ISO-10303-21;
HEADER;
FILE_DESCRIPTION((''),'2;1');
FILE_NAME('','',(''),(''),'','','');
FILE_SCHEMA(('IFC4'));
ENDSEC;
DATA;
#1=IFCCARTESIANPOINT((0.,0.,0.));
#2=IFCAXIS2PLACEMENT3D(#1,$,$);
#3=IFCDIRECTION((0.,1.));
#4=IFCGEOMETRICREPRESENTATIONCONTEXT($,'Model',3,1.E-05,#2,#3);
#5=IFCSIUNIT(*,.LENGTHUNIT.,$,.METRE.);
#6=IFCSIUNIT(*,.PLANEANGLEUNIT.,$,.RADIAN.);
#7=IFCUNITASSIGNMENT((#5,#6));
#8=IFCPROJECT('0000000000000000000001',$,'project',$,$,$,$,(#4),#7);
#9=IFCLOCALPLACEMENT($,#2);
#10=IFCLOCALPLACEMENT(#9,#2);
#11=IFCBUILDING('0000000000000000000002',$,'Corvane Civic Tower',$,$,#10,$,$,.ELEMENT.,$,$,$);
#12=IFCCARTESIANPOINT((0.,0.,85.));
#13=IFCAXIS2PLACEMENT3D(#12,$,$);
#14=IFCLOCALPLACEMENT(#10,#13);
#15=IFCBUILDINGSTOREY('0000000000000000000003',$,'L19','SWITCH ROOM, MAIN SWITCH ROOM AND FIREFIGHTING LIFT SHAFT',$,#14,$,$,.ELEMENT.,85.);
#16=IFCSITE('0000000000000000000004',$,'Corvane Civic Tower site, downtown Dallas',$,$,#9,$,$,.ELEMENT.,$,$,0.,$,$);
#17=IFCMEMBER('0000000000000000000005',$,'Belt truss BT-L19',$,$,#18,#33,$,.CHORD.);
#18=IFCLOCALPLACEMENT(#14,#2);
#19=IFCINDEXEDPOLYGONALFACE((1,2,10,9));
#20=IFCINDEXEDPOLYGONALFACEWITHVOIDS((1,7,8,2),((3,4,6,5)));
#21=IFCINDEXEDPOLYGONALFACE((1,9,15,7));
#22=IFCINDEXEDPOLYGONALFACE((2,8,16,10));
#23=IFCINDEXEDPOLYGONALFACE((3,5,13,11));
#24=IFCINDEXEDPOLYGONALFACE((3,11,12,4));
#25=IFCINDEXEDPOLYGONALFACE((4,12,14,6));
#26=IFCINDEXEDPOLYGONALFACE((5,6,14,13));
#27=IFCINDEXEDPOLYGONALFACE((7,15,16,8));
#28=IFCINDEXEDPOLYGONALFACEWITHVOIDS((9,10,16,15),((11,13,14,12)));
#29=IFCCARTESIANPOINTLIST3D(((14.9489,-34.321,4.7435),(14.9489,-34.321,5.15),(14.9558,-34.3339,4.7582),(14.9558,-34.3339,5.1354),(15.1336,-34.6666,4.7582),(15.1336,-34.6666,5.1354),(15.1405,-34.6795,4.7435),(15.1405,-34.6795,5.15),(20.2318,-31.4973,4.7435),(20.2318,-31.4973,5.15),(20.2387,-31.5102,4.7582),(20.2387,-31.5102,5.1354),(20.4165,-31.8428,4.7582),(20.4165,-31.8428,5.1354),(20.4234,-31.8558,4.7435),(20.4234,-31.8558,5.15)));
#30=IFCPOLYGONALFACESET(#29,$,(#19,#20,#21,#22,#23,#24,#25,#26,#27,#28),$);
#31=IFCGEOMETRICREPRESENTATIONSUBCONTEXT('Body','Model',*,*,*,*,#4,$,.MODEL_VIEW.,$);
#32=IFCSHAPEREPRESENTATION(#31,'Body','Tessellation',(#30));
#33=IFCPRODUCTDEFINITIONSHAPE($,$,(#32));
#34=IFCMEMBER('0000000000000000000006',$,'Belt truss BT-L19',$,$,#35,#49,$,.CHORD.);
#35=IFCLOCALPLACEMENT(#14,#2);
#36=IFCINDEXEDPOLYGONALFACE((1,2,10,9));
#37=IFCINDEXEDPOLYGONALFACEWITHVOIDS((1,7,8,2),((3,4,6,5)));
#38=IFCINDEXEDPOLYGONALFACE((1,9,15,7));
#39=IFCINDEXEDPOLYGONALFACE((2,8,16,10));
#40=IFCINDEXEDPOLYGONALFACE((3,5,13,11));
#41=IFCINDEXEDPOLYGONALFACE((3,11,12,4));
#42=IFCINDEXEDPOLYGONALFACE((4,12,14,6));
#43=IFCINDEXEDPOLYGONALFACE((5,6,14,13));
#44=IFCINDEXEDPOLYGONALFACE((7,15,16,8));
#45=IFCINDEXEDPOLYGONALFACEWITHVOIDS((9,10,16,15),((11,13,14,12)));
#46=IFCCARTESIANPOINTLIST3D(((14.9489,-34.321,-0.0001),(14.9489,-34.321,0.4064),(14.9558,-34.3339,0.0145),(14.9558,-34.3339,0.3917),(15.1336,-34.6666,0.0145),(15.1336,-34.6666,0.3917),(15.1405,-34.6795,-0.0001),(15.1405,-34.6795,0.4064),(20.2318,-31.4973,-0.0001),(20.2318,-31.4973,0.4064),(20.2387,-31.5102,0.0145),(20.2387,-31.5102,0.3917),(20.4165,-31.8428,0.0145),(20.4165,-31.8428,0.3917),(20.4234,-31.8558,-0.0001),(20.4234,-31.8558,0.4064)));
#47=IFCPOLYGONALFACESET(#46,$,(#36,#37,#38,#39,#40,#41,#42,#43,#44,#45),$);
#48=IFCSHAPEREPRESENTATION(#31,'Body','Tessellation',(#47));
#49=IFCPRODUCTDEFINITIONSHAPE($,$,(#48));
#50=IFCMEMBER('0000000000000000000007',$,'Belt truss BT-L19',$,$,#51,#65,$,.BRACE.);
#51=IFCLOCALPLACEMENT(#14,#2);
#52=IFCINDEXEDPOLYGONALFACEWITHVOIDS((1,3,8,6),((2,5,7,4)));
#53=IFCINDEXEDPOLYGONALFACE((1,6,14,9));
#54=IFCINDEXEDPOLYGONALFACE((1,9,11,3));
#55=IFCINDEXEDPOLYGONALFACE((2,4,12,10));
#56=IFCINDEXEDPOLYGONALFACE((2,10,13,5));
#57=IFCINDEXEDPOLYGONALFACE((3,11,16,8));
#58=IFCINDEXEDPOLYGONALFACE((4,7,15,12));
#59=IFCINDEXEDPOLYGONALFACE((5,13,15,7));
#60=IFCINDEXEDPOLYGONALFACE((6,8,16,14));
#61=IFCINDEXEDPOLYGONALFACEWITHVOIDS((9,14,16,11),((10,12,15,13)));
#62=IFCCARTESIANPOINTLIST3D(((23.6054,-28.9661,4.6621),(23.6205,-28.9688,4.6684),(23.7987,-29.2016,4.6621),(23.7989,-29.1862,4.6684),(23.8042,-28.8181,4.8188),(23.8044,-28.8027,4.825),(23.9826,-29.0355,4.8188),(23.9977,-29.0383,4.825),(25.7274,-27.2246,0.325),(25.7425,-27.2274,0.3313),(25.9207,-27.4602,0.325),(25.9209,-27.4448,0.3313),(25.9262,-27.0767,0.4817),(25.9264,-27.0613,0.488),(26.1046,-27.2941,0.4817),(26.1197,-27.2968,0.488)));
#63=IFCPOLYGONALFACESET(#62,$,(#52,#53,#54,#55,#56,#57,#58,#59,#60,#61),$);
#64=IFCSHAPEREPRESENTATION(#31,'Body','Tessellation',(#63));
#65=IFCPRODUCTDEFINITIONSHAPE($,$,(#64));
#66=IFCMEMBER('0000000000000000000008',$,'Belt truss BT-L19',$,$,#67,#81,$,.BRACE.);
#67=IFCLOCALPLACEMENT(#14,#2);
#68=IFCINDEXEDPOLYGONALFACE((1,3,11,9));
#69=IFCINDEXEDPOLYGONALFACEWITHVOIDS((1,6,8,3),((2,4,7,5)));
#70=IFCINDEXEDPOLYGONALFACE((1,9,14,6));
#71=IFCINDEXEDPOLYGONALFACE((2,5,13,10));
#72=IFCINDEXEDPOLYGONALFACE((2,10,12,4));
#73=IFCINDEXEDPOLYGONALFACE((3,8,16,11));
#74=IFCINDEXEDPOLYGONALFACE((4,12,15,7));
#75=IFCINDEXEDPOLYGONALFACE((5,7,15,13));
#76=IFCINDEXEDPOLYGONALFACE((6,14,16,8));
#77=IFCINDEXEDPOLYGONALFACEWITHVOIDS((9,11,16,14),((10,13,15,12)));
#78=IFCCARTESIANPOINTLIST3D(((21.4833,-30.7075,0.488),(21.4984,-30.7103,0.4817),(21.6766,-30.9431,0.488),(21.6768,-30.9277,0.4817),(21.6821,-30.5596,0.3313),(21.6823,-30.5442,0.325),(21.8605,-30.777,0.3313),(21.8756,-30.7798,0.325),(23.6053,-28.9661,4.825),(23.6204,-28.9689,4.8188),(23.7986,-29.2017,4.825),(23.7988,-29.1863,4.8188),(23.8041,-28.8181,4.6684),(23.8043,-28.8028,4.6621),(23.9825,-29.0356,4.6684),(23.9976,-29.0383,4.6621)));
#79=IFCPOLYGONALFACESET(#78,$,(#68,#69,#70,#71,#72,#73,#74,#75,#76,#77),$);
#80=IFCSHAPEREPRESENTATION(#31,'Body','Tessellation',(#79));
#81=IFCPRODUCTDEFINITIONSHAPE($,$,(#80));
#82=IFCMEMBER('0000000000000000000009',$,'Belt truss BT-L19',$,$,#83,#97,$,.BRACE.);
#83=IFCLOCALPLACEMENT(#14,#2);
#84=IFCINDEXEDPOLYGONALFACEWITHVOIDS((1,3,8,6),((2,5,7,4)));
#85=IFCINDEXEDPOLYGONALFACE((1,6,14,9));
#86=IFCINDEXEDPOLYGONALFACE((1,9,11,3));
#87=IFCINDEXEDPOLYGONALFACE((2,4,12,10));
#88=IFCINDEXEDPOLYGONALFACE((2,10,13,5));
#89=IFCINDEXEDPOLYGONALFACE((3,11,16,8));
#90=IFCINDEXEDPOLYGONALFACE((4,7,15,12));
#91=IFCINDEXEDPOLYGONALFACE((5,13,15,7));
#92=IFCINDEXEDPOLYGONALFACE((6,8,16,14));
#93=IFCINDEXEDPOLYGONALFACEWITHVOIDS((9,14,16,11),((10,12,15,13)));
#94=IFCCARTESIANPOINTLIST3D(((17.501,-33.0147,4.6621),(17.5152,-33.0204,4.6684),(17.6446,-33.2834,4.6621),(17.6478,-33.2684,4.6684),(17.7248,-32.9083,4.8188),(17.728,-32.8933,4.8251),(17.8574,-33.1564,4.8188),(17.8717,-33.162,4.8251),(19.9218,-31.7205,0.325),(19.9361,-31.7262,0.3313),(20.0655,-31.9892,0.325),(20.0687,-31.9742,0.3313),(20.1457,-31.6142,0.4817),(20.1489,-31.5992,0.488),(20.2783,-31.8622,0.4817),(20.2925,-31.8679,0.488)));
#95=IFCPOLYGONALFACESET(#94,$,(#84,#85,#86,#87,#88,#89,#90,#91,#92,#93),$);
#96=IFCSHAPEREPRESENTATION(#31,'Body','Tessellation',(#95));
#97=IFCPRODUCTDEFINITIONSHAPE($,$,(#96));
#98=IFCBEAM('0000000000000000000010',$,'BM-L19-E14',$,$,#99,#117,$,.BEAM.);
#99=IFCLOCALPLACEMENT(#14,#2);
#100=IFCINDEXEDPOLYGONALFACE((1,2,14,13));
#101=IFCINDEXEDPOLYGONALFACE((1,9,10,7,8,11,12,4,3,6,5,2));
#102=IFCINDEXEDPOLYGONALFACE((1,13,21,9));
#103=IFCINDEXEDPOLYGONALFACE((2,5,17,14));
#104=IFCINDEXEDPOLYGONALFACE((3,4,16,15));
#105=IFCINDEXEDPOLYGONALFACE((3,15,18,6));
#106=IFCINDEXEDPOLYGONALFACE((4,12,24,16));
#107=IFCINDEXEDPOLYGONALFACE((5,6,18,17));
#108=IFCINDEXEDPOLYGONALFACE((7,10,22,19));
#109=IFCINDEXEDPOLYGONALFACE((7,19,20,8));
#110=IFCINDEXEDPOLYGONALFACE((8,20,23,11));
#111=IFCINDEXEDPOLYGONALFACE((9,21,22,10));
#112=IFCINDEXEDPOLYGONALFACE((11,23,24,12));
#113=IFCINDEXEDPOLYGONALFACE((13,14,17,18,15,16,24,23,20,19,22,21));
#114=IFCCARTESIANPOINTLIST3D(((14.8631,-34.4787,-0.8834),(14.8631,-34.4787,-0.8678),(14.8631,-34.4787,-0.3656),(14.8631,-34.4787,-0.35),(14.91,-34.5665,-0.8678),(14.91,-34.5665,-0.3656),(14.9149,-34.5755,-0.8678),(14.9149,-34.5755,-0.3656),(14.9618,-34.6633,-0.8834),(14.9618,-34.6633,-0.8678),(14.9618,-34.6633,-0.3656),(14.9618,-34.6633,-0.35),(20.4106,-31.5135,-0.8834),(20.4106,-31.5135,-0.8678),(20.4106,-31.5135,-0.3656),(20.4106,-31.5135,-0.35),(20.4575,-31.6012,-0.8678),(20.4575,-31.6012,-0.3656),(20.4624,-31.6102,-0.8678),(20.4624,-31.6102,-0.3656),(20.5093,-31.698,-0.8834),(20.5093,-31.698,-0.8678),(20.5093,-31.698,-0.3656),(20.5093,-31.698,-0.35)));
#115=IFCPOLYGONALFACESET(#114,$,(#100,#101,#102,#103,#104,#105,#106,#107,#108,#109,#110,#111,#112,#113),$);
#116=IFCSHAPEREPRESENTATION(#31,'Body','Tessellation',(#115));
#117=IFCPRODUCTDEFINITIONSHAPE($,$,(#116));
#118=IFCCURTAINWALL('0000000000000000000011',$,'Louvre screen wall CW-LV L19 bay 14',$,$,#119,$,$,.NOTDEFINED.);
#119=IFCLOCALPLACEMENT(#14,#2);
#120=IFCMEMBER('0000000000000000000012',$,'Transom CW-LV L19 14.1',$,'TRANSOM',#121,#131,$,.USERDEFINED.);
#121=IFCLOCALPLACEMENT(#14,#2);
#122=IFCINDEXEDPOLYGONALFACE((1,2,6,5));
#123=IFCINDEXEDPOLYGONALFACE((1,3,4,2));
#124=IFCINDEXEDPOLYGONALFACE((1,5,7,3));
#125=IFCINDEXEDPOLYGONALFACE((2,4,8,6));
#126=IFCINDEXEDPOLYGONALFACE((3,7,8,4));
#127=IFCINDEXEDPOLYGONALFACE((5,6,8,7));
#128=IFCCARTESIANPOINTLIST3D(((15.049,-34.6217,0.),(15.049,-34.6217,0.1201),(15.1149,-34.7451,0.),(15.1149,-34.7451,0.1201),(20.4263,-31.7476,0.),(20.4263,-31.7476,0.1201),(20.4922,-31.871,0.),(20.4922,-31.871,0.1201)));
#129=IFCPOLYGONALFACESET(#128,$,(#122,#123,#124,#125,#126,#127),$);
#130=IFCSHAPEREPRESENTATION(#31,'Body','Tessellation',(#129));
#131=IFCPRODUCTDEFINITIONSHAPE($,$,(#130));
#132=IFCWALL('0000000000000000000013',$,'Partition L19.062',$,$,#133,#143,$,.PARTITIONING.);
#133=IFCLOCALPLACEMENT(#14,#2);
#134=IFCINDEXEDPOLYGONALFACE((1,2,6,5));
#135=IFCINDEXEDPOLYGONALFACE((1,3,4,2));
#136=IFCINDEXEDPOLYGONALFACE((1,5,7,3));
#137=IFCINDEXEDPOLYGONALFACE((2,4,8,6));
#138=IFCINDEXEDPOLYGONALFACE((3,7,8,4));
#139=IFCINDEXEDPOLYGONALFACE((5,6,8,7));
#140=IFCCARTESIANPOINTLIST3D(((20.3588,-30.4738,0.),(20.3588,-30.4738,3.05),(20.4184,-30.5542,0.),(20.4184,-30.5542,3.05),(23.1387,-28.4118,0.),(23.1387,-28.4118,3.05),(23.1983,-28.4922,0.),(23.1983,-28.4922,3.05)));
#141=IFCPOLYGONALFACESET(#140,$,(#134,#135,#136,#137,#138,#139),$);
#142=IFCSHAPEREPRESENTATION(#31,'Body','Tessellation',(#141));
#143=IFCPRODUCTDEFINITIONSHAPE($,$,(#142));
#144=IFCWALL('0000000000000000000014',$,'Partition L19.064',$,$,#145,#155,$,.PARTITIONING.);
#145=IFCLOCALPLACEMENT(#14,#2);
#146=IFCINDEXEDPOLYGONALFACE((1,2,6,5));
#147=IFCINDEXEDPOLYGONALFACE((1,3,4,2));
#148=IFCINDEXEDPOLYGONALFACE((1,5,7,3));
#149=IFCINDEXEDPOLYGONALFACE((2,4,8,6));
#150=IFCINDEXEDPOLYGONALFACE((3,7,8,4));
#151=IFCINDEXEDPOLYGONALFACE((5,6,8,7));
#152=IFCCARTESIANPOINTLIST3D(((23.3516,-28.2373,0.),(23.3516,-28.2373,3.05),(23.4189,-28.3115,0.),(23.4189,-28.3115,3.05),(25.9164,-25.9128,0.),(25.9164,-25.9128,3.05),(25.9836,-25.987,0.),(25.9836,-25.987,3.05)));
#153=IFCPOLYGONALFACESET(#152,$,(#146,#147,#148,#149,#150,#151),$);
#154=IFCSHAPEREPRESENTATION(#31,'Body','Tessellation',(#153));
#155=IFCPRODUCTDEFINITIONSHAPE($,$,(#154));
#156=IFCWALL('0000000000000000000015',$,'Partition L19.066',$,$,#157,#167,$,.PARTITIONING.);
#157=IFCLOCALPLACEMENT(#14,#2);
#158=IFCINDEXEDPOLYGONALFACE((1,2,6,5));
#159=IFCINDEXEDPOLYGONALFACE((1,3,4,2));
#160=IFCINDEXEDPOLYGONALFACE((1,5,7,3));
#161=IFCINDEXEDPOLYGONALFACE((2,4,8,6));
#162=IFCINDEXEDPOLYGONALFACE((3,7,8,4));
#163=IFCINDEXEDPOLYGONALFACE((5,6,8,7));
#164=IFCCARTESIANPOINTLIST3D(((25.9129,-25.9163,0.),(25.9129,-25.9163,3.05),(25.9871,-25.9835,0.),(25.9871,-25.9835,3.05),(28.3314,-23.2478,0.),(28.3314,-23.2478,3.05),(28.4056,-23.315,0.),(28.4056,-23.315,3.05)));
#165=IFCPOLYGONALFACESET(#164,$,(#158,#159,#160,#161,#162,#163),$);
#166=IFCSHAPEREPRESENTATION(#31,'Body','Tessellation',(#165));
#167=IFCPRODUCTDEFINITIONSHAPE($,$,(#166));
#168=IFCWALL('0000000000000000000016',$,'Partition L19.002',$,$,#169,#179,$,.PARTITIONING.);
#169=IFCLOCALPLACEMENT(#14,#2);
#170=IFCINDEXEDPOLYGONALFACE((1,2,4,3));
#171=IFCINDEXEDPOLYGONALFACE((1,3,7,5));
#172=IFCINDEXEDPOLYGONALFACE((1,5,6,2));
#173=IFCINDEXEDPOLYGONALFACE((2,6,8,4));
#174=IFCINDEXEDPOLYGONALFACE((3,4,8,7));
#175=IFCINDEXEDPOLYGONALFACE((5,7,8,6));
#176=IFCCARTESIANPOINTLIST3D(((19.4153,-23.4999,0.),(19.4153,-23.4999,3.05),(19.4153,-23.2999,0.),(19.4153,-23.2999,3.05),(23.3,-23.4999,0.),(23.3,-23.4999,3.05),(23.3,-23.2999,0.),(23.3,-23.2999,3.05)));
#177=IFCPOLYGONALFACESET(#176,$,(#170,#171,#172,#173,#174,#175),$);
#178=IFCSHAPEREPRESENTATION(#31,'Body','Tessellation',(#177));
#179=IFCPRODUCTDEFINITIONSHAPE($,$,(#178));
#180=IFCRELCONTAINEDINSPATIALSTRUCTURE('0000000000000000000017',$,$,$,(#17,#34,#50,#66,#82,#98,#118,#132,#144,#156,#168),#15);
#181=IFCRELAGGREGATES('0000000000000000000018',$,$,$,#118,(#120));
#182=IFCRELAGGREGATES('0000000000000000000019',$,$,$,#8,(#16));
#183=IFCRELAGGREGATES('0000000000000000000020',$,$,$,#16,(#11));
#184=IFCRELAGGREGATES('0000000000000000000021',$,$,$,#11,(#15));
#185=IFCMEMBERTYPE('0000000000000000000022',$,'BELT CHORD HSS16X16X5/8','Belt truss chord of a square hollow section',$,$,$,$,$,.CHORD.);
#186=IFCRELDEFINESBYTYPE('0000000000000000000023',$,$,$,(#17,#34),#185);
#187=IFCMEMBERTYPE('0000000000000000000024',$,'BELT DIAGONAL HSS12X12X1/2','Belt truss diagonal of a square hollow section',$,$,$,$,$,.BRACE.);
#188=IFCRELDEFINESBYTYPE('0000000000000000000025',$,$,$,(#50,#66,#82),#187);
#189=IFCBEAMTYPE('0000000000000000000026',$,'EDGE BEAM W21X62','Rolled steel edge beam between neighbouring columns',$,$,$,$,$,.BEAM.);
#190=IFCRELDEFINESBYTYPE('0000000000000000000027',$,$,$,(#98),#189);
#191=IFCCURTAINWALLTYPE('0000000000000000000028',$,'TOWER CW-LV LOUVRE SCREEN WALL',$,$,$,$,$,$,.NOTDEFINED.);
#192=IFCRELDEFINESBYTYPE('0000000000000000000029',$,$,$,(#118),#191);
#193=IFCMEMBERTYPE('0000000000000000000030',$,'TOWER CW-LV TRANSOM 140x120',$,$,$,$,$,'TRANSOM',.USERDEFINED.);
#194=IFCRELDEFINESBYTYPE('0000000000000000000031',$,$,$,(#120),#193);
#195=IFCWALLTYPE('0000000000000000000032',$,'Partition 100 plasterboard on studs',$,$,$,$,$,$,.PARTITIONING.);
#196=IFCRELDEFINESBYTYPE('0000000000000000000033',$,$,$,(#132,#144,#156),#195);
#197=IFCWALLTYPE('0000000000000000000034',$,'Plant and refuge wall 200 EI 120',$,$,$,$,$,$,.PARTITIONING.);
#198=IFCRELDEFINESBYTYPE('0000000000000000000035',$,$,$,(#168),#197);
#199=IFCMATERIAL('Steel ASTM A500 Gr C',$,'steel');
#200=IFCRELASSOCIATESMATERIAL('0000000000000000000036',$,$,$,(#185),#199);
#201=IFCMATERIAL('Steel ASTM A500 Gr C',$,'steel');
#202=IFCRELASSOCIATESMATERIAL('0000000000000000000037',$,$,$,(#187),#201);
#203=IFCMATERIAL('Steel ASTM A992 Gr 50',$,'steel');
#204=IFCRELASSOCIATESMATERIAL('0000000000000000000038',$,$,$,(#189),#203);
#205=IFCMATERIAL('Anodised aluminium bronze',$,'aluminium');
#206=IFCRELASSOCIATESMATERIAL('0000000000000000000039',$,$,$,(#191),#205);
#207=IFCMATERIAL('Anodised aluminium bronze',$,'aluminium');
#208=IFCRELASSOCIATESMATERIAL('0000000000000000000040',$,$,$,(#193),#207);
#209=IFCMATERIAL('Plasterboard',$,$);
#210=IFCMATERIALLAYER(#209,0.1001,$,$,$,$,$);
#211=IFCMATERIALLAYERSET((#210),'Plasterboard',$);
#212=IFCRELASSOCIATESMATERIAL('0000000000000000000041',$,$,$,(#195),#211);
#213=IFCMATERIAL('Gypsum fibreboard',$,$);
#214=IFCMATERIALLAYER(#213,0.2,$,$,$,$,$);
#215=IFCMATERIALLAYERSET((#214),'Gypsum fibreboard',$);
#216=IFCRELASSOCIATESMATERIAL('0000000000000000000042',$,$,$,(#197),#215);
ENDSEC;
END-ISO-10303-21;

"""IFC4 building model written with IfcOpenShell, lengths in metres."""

from ifc_helpers import new_model, si_unit, direction, frame, frame_2d, origin, origin_2d, place, context, subcontext, project, spatial, rectangle, hollow_rectangle, i_section, extrude, material, layer, layer_set, material_profile, profile_set, type_object, element, aggregate, save


model = new_model("IFC4")

# Units and contexts
model_context = context("Model", 3, precision=1e-05, world=origin(), true_north=direction((0.0, 1.0)))
body_context = subcontext(model_context, "Body", "Model", "MODEL_VIEW")
ifc_project = project(units=[si_unit("LENGTHUNIT", "METRE"), si_unit("PLANEANGLEUNIT", "RADIAN")], contexts=[model_context])

# Site, building, storey
site_placement = place(None, origin())
site = spatial("IfcSite", under=ifc_project, at=site_placement, Name="Corvane Civic Tower site, downtown Dallas", CompositionType="ELEMENT", RefElevation=0.0)
building_placement = place(site_placement, origin())
building = spatial("IfcBuilding", under=site, at=building_placement, Name="Corvane Civic Tower", CompositionType="ELEMENT")
storey_placement = place(building_placement, frame((0.0, 0.0, 85.0)))
storey = spatial("IfcBuildingStorey", under=building, at=storey_placement, Name="L19", Description="SWITCH ROOM, MAIN SWITCH ROOM AND FIREFIGHTING LIFT SHAFT", CompositionType="ELEMENT", Elevation=85.0)

# Members
ifc_material_1 = material(Name="Steel ASTM A500 Gr C", Category="steel")
ifc_material_profile_1 = material_profile(ifc_material_1, hollow_rectangle(XDim=0.4065, YDim=0.4065, WallThickness=0.0146, at=origin_2d()), Name="HSS16X16X5/8")
ifc_profile_set_1 = profile_set([ifc_material_profile_1], Name="Steel ASTM A500 Gr C")
member_type_1 = type_object("IfcMemberType", Name="BELT CHORD HSS16X16X5/8", Description="Belt truss chord of a square hollow section", PredefinedType="CHORD", material=ifc_profile_set_1)
for number, where, z_axis, x_axis, name in (
    (1, (20.3276, -31.6765, 4.9468), (-0.881926, -0.471388, 0.0), (0.471388, -0.881926, 0.0), "Belt truss BT-L19"),
    (2, (20.3276, -31.6765, 0.2031), (-0.881926, -0.471388, 0.0), (0.471388, -0.881926, 0.0), "Belt truss BT-L19"),
):
    element("IfcMember", number, at=place(storey_placement, frame(where, z_axis=z_axis, x_axis=x_axis)), inside=storey, type_object=member_type_1, Name=name, PredefinedType="CHORD", context=body_context, shape_type="SweptSolid", body=[
        extrude(hollow_rectangle(XDim=0.4065, YDim=0.4065, WallThickness=0.0146, at=origin_2d()), origin(), (0.0, 0.0, 1.0), 5.9902),
    ])
ifc_material_2 = material(Name="Steel ASTM A500 Gr C", Category="steel")
ifc_material_profile_2 = material_profile(ifc_material_2, hollow_rectangle(XDim=0.3047, YDim=0.3047, WallThickness=0.0117, at=origin_2d()), Name="HSS12X12X1/2")
ifc_profile_set_2 = profile_set([ifc_material_profile_2], Name="Steel ASTM A500 Gr C")
member_type_2 = type_object("IfcMemberType", Name="BELT DIAGONAL HSS12X12X1/2", Description="Belt truss diagonal of a square hollow section", PredefinedType="BRACE", material=ifc_profile_set_2)
for number, where, z_axis, x_axis, name in (
    (3, (25.9236, -27.2607, 0.4065), (-0.413424, -0.339272, 0.84497), (0.634375, -0.773025, 0.0), "Belt truss BT-L19"),
    (4, (21.6794, -30.7437, 0.4065), (0.413424, 0.339272, 0.84497), (-0.634375, 0.773025, 0.0), "Belt truss BT-L19"),
    (5, (20.1072, -31.7942, 0.4065), (-0.471644, -0.252136, 0.844973), (0.471451, -0.881892, 0.0), "Belt truss BT-L19"),
):
    element("IfcMember", number, at=place(storey_placement, frame(where, z_axis=z_axis, x_axis=x_axis)), inside=storey, type_object=member_type_2, Name=name, PredefinedType="BRACE", context=body_context, shape_type="SweptSolid", body=[
        extrude(hollow_rectangle(XDim=0.3047, YDim=0.3047, WallThickness=0.0117, at=origin_2d()), origin(), (0.0, 0.0, 1.0), 5.1328),
    ])

# Beam
ifc_material_3 = material(Name="Steel ASTM A992 Gr 50", Category="steel")
ifc_material_profile_3 = material_profile(ifc_material_3, i_section(OverallWidth=0.2092, OverallDepth=0.5334, WebThickness=0.0103, FlangeThickness=0.0156, at=origin_2d()), Name="W21X62")
ifc_profile_set_3 = profile_set([ifc_material_profile_3], Name="Steel ASTM A992 Gr 50")
beam_type = type_object("IfcBeamType", Name="EDGE BEAM W21X62", Description="Rolled steel edge beam between neighbouring columns", PredefinedType="BEAM", material=ifc_profile_set_3)
beam_placement = place(storey_placement, frame((20.46, -31.6057, -0.6167), z_axis=(-0.881916, -0.471406, 0.0), x_axis=(0.471406, -0.881916, 0.0)))
element("IfcBeam", 6, at=beam_placement, inside=storey, type_object=beam_type, Name="BM-L19-E14", PredefinedType="BEAM", context=body_context, shape_type="SweptSolid", body=[
    extrude(i_section(OverallWidth=0.2092, OverallDepth=0.5334, WebThickness=0.0103, FlangeThickness=0.0156, at=origin_2d()), origin(), (0.0, 0.0, 1.0), 6.2903),
])

# Curtain wall, member
ifc_material_4 = material(Name="Anodised aluminium bronze", Category="aluminium")
curtain_wall_type = type_object("IfcCurtainWallType", Name="TOWER CW-LV LOUVRE SCREEN WALL", PredefinedType="NOTDEFINED", material=ifc_material_4)
curtain_wall_placement = place(storey_placement, origin())
curtain_wall = element("IfcCurtainWall", 7, at=curtain_wall_placement, inside=storey, type_object=curtain_wall_type, Name="Louvre screen wall CW-LV L19 bay 14", PredefinedType="NOTDEFINED")
ifc_material_5 = material(Name="Anodised aluminium bronze", Category="aluminium")
ifc_material_profile_4 = material_profile(ifc_material_5, rectangle(XDim=0.1399, YDim=0.1201, at=origin_2d()), Name="TOWER CW-LV TRANSOM 140x120")
ifc_profile_set_4 = profile_set([ifc_material_profile_4], Name="Anodised aluminium bronze")
member_type_3 = type_object("IfcMemberType", Name="TOWER CW-LV TRANSOM 140x120", ElementType="TRANSOM", PredefinedType="USERDEFINED", material=ifc_profile_set_4)
member_placement = place(storey_placement, frame((20.4592, -31.8093, 0.0601), z_axis=(-0.881931, -0.471378, 0.0), x_axis=(0.471378, -0.881931, 0.0)))
member = element("IfcMember", 8, at=member_placement, type_object=member_type_3, Name="Transom CW-LV L19 14.1", ObjectType="TRANSOM", PredefinedType="USERDEFINED", context=body_context, shape_type="SweptSolid", body=[
    extrude(rectangle(XDim=0.1399, YDim=0.1201, at=origin_2d()), origin(), (0.0, 0.0, 1.0), 6.0972),
])

# Walls
ifc_material_6 = material(Name="Plasterboard")
ifc_layer_1 = layer(ifc_material_6, 0.1001)
ifc_layer_set_1 = layer_set([ifc_layer_1], Name="Plasterboard")
wall_type_1 = type_object("IfcWallType", Name="Partition 100 plasterboard on studs", PredefinedType="PARTITIONING", material=ifc_layer_set_1)
wall_1_placement = place(storey_placement, frame((20.3887, -30.5139, 0.0), z_axis=(0.0, 0.0, 1.0), x_axis=(0.80318, 0.595737, 0.0)))
element("IfcWall", 9, at=wall_1_placement, inside=storey, type_object=wall_type_1, Name="Partition L19.062", PredefinedType="PARTITIONING", context=body_context, shape_type="SweptSolid", body=[
    extrude(rectangle(XDim=3.4612, YDim=0.1001, at=frame_2d((1.7305, 0.0))), origin(), (0.0, 0.0, 1.0), 3.05),
])
wall_2_placement = place(storey_placement, frame((23.3853, -28.2744, 0.0), z_axis=(0.0, 0.0, 1.0), x_axis=(0.740957, 0.671552, 0.0)))
element("IfcWall", 10, at=wall_2_placement, inside=storey, type_object=wall_type_1, Name="Partition L19.064", PredefinedType="PARTITIONING", context=body_context, shape_type="SweptSolid", body=[
    extrude(rectangle(XDim=3.4614, YDim=0.1001, at=frame_2d((1.7307, 0.0))), origin(), (0.0, 0.0, 1.0), 3.05),
])
wall_3_placement = place(storey_placement, frame((25.95, -25.95, 0.0), z_axis=(0.0, 0.0, 1.0), x_axis=(0.671545, 0.740964, 0.0)))
element("IfcWall", 11, at=wall_3_placement, inside=storey, type_object=wall_type_1, Name="Partition L19.066", PredefinedType="PARTITIONING", context=body_context, shape_type="SweptSolid", body=[
    extrude(rectangle(XDim=3.6013, YDim=0.1001, at=frame_2d((1.8008, 0.0))), origin(), (0.0, 0.0, 1.0), 3.05),
])
ifc_material_7 = material(Name="Gypsum fibreboard")
ifc_layer_2 = layer(ifc_material_7, 0.2)
ifc_layer_set_2 = layer_set([ifc_layer_2], Name="Gypsum fibreboard")
wall_type_2 = type_object("IfcWallType", Name="Plant and refuge wall 200 EI 120", PredefinedType="PARTITIONING", material=ifc_layer_set_2)
wall_4_placement = place(storey_placement, frame((19.4153, -23.3999, 0.0), z_axis=(0.0, 0.0, 1.0), x_axis=(1.0, 0.0, 0.0)))
element("IfcWall", 12, at=wall_4_placement, inside=storey, type_object=wall_type_2, Name="Partition L19.002", PredefinedType="PARTITIONING", context=body_context, shape_type="SweptSolid", body=[
    extrude(rectangle(XDim=3.8848, YDim=0.2, at=frame_2d((1.9424, 0.0))), origin(), (0.0, 0.0, 1.0), 3.05),
])

aggregate(curtain_wall, [member])

save(model, "model.ifc")
